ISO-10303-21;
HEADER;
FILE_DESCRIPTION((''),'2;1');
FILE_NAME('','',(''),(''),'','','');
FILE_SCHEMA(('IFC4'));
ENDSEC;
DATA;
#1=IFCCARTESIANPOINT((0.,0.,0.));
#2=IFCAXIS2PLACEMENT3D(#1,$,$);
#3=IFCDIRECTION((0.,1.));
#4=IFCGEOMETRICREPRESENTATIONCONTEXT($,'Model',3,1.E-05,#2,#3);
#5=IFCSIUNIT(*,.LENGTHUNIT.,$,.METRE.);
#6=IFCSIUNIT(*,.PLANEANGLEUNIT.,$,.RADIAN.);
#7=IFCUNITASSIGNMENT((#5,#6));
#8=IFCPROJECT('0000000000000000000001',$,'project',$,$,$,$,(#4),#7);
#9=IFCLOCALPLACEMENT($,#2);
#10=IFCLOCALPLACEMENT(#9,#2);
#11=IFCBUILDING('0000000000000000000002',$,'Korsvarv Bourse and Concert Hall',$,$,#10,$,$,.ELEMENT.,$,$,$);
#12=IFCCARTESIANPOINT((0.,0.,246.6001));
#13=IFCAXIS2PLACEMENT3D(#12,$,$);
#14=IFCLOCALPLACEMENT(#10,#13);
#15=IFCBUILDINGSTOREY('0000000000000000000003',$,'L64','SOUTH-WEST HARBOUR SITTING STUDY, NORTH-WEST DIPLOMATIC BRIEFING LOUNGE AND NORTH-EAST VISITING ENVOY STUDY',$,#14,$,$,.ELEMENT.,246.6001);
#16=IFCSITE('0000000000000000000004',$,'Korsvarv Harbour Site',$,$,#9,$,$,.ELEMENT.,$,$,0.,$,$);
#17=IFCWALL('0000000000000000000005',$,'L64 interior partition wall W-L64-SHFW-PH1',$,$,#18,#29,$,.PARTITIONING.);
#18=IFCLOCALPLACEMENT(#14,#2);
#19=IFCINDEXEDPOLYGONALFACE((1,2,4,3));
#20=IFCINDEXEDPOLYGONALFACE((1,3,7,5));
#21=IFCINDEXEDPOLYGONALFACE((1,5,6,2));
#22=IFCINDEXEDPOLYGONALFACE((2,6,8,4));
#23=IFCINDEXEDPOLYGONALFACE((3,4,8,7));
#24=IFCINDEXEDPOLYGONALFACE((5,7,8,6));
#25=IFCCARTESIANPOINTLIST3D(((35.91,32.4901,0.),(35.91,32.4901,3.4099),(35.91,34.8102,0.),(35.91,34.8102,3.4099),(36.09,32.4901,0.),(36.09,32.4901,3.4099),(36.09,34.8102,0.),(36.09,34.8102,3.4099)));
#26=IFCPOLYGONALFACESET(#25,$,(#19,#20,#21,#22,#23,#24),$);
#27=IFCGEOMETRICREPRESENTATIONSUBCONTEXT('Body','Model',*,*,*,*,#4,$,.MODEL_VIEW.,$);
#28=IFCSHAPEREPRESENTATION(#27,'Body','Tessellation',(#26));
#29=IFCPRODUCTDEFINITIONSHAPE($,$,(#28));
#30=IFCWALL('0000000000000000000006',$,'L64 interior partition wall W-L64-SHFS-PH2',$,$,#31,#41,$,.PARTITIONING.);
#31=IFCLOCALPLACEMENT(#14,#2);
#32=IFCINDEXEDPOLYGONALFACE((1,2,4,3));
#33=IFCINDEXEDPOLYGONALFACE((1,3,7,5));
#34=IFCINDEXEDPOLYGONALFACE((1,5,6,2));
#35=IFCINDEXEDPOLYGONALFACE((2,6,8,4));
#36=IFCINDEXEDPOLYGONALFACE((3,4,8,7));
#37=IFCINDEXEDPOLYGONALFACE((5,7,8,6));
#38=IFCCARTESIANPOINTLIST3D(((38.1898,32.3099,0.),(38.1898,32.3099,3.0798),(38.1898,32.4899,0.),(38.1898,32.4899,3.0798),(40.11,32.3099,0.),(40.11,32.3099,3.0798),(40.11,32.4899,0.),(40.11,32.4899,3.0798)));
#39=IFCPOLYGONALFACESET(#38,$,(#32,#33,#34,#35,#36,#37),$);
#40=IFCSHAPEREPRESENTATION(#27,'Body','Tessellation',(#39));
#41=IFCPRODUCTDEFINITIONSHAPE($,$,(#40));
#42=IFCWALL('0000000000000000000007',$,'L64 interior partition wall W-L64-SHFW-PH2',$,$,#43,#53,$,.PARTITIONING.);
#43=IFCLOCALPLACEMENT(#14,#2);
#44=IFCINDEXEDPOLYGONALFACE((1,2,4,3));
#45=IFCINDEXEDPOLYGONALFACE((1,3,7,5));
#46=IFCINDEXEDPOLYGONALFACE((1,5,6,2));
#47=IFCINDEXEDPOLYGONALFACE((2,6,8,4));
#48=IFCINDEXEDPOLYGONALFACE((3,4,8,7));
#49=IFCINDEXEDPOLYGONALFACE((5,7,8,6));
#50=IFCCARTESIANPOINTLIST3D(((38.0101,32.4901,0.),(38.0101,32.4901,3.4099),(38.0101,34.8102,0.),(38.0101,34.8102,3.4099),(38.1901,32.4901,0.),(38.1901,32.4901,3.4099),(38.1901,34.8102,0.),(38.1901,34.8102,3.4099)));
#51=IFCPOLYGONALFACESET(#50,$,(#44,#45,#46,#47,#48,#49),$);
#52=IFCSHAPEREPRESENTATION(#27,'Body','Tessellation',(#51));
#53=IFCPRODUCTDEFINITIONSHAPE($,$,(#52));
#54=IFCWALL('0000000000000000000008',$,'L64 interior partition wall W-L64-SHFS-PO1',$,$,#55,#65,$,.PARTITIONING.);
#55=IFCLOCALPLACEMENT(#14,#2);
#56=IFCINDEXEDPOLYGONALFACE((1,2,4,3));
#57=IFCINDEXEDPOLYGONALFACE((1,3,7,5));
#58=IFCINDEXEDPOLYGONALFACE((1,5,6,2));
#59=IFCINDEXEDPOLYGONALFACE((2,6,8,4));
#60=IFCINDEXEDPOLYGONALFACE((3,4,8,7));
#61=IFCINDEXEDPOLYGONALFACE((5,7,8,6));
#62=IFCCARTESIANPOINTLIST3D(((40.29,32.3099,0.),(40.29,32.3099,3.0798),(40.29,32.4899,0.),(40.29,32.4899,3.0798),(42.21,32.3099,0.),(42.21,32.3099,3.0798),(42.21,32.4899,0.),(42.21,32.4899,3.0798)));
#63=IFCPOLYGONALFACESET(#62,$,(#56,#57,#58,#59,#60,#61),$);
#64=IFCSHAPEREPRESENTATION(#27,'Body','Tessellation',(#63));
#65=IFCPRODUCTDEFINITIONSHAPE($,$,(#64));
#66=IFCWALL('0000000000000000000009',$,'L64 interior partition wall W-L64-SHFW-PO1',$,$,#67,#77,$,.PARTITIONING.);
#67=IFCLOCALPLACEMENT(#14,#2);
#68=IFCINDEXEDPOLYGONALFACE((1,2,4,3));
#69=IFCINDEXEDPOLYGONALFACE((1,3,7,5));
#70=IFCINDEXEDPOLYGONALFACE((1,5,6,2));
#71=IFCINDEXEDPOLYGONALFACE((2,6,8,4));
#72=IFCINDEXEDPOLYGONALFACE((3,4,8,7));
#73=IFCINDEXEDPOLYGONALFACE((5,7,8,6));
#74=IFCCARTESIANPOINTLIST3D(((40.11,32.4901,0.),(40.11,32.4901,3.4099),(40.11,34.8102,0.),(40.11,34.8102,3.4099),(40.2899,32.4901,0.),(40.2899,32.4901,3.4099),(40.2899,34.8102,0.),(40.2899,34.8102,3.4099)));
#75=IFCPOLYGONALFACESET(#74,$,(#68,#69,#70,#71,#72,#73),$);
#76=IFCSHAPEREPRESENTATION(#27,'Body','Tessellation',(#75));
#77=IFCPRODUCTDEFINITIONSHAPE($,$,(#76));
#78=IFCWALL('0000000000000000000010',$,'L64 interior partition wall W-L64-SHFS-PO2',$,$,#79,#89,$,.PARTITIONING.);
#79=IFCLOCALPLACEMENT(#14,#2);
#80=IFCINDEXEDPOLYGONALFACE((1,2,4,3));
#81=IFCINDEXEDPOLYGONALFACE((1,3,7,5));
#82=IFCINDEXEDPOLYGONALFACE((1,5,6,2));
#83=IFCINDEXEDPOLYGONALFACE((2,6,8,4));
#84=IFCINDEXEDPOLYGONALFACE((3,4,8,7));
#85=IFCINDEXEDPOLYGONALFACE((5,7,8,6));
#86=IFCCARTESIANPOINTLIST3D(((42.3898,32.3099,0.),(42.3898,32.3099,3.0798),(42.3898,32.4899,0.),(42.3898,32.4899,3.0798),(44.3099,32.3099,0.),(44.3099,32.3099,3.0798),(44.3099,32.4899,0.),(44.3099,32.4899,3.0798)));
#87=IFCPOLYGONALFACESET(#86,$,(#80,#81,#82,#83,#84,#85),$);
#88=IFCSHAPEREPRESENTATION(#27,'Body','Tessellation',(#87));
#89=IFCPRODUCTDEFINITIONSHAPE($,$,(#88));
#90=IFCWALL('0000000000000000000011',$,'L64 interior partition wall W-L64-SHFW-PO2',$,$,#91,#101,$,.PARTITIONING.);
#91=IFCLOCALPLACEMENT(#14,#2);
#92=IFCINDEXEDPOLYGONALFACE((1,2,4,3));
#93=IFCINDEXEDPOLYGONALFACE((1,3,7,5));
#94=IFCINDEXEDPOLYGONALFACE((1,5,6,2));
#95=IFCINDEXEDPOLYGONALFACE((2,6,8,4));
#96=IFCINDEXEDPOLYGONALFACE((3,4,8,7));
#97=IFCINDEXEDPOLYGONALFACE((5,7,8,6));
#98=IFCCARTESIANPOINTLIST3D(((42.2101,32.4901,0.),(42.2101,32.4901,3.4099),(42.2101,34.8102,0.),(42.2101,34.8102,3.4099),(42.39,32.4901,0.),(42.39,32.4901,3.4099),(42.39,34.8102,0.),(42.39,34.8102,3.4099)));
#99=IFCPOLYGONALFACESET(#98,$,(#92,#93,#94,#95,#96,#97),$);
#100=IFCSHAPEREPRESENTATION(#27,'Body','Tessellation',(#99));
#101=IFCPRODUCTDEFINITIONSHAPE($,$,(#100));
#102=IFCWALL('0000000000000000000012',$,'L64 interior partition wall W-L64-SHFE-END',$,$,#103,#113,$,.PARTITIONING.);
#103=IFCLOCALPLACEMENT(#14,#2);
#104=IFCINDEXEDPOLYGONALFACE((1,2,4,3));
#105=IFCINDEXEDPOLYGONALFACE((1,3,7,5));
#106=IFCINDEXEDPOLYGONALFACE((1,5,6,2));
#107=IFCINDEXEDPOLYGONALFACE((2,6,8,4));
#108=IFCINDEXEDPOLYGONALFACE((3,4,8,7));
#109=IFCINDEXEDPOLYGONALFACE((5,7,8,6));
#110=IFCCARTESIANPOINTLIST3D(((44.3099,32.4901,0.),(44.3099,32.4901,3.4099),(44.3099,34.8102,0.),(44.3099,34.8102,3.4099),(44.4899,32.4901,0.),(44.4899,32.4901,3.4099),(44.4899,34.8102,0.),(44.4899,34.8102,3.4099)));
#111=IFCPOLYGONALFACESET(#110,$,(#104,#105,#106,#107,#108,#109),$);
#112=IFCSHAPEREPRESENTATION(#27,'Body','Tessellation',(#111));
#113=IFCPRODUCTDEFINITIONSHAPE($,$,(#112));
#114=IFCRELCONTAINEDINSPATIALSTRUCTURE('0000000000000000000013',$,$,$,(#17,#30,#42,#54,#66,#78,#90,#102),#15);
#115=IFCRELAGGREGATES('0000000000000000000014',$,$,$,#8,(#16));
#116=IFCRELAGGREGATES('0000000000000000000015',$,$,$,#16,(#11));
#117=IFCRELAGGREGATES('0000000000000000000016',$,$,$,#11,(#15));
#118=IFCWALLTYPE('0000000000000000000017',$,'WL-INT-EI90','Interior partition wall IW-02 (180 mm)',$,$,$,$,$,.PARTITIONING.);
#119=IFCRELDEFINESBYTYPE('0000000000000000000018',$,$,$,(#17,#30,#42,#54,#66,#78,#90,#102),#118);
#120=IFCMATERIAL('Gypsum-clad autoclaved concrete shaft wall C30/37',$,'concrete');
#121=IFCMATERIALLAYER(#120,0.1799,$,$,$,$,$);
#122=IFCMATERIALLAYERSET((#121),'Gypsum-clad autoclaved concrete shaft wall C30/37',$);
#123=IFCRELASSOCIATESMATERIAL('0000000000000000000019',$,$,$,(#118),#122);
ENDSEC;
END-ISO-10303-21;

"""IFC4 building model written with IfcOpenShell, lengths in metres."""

from ifc_helpers import new_model, si_unit, direction, frame, frame_2d, origin, place, context, subcontext, project, spatial, rectangle, extrude, material, layer, layer_set, type_object, element, save


model = new_model("IFC4")

# Units and contexts
model_context = context("Model", 3, precision=1e-05, world=origin(), true_north=direction((0.0, 1.0)))
body_context = subcontext(model_context, "Body", "Model", "MODEL_VIEW")
ifc_project = project(units=[si_unit("LENGTHUNIT", "METRE"), si_unit("PLANEANGLEUNIT", "RADIAN")], contexts=[model_context])

# Site, building, storey
site_placement = place(None, origin())
site = spatial("IfcSite", under=ifc_project, at=site_placement, Name="Korsvarv Harbour Site", CompositionType="ELEMENT", RefElevation=0.0)
building_placement = place(site_placement, origin())
building = spatial("IfcBuilding", under=site, at=building_placement, Name="Korsvarv Bourse and Concert Hall", CompositionType="ELEMENT")
storey_placement = place(building_placement, frame((0.0, 0.0, 246.6001)))
storey = spatial("IfcBuildingStorey", under=building, at=storey_placement, Name="L64", Description="SOUTH-WEST HARBOUR SITTING STUDY, NORTH-WEST DIPLOMATIC BRIEFING LOUNGE AND NORTH-EAST VISITING ENVOY STUDY", CompositionType="ELEMENT", Elevation=246.6001)

# Walls
ifc_material_1 = material(Name="Gypsum-clad autoclaved concrete shaft wall C30/37", Category="concrete")
ifc_layer_1 = layer(ifc_material_1, 0.1799)
ifc_layer_set_1 = layer_set([ifc_layer_1], Name="Gypsum-clad autoclaved concrete shaft wall C30/37")
wall_type_1 = type_object("IfcWallType", Name="WL-INT-EI90", Description="Interior partition wall IW-02 (180 mm)", PredefinedType="PARTITIONING", material=ifc_layer_set_1)
wall_1_placement = place(storey_placement, frame((36.0, 32.49, 0.0), z_axis=(0.0, 0.0, 1.0), x_axis=(0.0, 1.0, 0.0)))
element("IfcWall", 1, at=wall_1_placement, inside=storey, type_object=wall_type_1, Name="L64 interior partition wall W-L64-SHFW-PH1", PredefinedType="PARTITIONING", context=body_context, shape_type="SweptSolid", body=[
    extrude(rectangle(XDim=2.3201, YDim=0.1799, at=frame_2d((1.1602, 0.0))), origin(), (0.0, 0.0, 1.0), 3.4099),
])
wall_2_placement = place(storey_placement, frame((38.1899, 32.3999, 0.0), z_axis=(0.0, 0.0, 1.0), x_axis=(1.0, 0.0, 0.0)))
element("IfcWall", 2, at=wall_2_placement, inside=storey, type_object=wall_type_1, Name="L64 interior partition wall W-L64-SHFS-PH2", PredefinedType="PARTITIONING", context=body_context, shape_type="SweptSolid", body=[
    extrude(rectangle(XDim=1.9202, YDim=0.1799, at=frame_2d((0.96, 0.0))), origin(), (0.0, 0.0, 1.0), 3.0798),
])
wall_3_placement = place(storey_placement, frame((38.1001, 32.49, 0.0), z_axis=(0.0, 0.0, 1.0), x_axis=(0.0, 1.0, 0.0)))
element("IfcWall", 3, at=wall_3_placement, inside=storey, type_object=wall_type_1, Name="L64 interior partition wall W-L64-SHFW-PH2", PredefinedType="PARTITIONING", context=body_context, shape_type="SweptSolid", body=[
    extrude(rectangle(XDim=2.3201, YDim=0.1799, at=frame_2d((1.1602, 0.0))), origin(), (0.0, 0.0, 1.0), 3.4099),
])
wall_4_placement = place(storey_placement, frame((40.29, 32.3999, 0.0), z_axis=(0.0, 0.0, 1.0), x_axis=(1.0, 0.0, 0.0)))
element("IfcWall", 4, at=wall_4_placement, inside=storey, type_object=wall_type_1, Name="L64 interior partition wall W-L64-SHFS-PO1", PredefinedType="PARTITIONING", context=body_context, shape_type="SweptSolid", body=[
    extrude(rectangle(XDim=1.9199, YDim=0.1799, at=frame_2d((0.96, 0.0))), origin(), (0.0, 0.0, 1.0), 3.0798),
])
wall_5_placement = place(storey_placement, frame((40.2, 32.49, 0.0), z_axis=(0.0, 0.0, 1.0), x_axis=(0.0, 1.0, 0.0)))
element("IfcWall", 5, at=wall_5_placement, inside=storey, type_object=wall_type_1, Name="L64 interior partition wall W-L64-SHFW-PO1", PredefinedType="PARTITIONING", context=body_context, shape_type="SweptSolid", body=[
    extrude(rectangle(XDim=2.3201, YDim=0.1799, at=frame_2d((1.1602, 0.0))), origin(), (0.0, 0.0, 1.0), 3.4099),
])
wall_6_placement = place(storey_placement, frame((42.3899, 32.3999, 0.0), z_axis=(0.0, 0.0, 1.0), x_axis=(1.0, 0.0, 0.0)))
element("IfcWall", 6, at=wall_6_placement, inside=storey, type_object=wall_type_1, Name="L64 interior partition wall W-L64-SHFS-PO2", PredefinedType="PARTITIONING", context=body_context, shape_type="SweptSolid", body=[
    extrude(rectangle(XDim=1.9202, YDim=0.1799, at=frame_2d((0.96, 0.0))), origin(), (0.0, 0.0, 1.0), 3.0798),
])
for number, where, z_axis, x_axis, name in (
    (7, (42.3, 32.49, 0.0), (0.0, 0.0, 1.0), (0.0, 1.0, 0.0), "L64 interior partition wall W-L64-SHFW-PO2"),
    (8, (44.3999, 32.49, 0.0), (0.0, 0.0, 1.0), (0.0, 1.0, 0.0), "L64 interior partition wall W-L64-SHFE-END"),
):
    element("IfcWall", number, at=place(storey_placement, frame(where, z_axis=z_axis, x_axis=x_axis)), inside=storey, type_object=wall_type_1, Name=name, PredefinedType="PARTITIONING", context=body_context, shape_type="SweptSolid", body=[
        extrude(rectangle(XDim=2.3201, YDim=0.1799, at=frame_2d((1.1602, 0.0))), origin(), (0.0, 0.0, 1.0), 3.4099),
    ])

save(model, "model.ifc")
